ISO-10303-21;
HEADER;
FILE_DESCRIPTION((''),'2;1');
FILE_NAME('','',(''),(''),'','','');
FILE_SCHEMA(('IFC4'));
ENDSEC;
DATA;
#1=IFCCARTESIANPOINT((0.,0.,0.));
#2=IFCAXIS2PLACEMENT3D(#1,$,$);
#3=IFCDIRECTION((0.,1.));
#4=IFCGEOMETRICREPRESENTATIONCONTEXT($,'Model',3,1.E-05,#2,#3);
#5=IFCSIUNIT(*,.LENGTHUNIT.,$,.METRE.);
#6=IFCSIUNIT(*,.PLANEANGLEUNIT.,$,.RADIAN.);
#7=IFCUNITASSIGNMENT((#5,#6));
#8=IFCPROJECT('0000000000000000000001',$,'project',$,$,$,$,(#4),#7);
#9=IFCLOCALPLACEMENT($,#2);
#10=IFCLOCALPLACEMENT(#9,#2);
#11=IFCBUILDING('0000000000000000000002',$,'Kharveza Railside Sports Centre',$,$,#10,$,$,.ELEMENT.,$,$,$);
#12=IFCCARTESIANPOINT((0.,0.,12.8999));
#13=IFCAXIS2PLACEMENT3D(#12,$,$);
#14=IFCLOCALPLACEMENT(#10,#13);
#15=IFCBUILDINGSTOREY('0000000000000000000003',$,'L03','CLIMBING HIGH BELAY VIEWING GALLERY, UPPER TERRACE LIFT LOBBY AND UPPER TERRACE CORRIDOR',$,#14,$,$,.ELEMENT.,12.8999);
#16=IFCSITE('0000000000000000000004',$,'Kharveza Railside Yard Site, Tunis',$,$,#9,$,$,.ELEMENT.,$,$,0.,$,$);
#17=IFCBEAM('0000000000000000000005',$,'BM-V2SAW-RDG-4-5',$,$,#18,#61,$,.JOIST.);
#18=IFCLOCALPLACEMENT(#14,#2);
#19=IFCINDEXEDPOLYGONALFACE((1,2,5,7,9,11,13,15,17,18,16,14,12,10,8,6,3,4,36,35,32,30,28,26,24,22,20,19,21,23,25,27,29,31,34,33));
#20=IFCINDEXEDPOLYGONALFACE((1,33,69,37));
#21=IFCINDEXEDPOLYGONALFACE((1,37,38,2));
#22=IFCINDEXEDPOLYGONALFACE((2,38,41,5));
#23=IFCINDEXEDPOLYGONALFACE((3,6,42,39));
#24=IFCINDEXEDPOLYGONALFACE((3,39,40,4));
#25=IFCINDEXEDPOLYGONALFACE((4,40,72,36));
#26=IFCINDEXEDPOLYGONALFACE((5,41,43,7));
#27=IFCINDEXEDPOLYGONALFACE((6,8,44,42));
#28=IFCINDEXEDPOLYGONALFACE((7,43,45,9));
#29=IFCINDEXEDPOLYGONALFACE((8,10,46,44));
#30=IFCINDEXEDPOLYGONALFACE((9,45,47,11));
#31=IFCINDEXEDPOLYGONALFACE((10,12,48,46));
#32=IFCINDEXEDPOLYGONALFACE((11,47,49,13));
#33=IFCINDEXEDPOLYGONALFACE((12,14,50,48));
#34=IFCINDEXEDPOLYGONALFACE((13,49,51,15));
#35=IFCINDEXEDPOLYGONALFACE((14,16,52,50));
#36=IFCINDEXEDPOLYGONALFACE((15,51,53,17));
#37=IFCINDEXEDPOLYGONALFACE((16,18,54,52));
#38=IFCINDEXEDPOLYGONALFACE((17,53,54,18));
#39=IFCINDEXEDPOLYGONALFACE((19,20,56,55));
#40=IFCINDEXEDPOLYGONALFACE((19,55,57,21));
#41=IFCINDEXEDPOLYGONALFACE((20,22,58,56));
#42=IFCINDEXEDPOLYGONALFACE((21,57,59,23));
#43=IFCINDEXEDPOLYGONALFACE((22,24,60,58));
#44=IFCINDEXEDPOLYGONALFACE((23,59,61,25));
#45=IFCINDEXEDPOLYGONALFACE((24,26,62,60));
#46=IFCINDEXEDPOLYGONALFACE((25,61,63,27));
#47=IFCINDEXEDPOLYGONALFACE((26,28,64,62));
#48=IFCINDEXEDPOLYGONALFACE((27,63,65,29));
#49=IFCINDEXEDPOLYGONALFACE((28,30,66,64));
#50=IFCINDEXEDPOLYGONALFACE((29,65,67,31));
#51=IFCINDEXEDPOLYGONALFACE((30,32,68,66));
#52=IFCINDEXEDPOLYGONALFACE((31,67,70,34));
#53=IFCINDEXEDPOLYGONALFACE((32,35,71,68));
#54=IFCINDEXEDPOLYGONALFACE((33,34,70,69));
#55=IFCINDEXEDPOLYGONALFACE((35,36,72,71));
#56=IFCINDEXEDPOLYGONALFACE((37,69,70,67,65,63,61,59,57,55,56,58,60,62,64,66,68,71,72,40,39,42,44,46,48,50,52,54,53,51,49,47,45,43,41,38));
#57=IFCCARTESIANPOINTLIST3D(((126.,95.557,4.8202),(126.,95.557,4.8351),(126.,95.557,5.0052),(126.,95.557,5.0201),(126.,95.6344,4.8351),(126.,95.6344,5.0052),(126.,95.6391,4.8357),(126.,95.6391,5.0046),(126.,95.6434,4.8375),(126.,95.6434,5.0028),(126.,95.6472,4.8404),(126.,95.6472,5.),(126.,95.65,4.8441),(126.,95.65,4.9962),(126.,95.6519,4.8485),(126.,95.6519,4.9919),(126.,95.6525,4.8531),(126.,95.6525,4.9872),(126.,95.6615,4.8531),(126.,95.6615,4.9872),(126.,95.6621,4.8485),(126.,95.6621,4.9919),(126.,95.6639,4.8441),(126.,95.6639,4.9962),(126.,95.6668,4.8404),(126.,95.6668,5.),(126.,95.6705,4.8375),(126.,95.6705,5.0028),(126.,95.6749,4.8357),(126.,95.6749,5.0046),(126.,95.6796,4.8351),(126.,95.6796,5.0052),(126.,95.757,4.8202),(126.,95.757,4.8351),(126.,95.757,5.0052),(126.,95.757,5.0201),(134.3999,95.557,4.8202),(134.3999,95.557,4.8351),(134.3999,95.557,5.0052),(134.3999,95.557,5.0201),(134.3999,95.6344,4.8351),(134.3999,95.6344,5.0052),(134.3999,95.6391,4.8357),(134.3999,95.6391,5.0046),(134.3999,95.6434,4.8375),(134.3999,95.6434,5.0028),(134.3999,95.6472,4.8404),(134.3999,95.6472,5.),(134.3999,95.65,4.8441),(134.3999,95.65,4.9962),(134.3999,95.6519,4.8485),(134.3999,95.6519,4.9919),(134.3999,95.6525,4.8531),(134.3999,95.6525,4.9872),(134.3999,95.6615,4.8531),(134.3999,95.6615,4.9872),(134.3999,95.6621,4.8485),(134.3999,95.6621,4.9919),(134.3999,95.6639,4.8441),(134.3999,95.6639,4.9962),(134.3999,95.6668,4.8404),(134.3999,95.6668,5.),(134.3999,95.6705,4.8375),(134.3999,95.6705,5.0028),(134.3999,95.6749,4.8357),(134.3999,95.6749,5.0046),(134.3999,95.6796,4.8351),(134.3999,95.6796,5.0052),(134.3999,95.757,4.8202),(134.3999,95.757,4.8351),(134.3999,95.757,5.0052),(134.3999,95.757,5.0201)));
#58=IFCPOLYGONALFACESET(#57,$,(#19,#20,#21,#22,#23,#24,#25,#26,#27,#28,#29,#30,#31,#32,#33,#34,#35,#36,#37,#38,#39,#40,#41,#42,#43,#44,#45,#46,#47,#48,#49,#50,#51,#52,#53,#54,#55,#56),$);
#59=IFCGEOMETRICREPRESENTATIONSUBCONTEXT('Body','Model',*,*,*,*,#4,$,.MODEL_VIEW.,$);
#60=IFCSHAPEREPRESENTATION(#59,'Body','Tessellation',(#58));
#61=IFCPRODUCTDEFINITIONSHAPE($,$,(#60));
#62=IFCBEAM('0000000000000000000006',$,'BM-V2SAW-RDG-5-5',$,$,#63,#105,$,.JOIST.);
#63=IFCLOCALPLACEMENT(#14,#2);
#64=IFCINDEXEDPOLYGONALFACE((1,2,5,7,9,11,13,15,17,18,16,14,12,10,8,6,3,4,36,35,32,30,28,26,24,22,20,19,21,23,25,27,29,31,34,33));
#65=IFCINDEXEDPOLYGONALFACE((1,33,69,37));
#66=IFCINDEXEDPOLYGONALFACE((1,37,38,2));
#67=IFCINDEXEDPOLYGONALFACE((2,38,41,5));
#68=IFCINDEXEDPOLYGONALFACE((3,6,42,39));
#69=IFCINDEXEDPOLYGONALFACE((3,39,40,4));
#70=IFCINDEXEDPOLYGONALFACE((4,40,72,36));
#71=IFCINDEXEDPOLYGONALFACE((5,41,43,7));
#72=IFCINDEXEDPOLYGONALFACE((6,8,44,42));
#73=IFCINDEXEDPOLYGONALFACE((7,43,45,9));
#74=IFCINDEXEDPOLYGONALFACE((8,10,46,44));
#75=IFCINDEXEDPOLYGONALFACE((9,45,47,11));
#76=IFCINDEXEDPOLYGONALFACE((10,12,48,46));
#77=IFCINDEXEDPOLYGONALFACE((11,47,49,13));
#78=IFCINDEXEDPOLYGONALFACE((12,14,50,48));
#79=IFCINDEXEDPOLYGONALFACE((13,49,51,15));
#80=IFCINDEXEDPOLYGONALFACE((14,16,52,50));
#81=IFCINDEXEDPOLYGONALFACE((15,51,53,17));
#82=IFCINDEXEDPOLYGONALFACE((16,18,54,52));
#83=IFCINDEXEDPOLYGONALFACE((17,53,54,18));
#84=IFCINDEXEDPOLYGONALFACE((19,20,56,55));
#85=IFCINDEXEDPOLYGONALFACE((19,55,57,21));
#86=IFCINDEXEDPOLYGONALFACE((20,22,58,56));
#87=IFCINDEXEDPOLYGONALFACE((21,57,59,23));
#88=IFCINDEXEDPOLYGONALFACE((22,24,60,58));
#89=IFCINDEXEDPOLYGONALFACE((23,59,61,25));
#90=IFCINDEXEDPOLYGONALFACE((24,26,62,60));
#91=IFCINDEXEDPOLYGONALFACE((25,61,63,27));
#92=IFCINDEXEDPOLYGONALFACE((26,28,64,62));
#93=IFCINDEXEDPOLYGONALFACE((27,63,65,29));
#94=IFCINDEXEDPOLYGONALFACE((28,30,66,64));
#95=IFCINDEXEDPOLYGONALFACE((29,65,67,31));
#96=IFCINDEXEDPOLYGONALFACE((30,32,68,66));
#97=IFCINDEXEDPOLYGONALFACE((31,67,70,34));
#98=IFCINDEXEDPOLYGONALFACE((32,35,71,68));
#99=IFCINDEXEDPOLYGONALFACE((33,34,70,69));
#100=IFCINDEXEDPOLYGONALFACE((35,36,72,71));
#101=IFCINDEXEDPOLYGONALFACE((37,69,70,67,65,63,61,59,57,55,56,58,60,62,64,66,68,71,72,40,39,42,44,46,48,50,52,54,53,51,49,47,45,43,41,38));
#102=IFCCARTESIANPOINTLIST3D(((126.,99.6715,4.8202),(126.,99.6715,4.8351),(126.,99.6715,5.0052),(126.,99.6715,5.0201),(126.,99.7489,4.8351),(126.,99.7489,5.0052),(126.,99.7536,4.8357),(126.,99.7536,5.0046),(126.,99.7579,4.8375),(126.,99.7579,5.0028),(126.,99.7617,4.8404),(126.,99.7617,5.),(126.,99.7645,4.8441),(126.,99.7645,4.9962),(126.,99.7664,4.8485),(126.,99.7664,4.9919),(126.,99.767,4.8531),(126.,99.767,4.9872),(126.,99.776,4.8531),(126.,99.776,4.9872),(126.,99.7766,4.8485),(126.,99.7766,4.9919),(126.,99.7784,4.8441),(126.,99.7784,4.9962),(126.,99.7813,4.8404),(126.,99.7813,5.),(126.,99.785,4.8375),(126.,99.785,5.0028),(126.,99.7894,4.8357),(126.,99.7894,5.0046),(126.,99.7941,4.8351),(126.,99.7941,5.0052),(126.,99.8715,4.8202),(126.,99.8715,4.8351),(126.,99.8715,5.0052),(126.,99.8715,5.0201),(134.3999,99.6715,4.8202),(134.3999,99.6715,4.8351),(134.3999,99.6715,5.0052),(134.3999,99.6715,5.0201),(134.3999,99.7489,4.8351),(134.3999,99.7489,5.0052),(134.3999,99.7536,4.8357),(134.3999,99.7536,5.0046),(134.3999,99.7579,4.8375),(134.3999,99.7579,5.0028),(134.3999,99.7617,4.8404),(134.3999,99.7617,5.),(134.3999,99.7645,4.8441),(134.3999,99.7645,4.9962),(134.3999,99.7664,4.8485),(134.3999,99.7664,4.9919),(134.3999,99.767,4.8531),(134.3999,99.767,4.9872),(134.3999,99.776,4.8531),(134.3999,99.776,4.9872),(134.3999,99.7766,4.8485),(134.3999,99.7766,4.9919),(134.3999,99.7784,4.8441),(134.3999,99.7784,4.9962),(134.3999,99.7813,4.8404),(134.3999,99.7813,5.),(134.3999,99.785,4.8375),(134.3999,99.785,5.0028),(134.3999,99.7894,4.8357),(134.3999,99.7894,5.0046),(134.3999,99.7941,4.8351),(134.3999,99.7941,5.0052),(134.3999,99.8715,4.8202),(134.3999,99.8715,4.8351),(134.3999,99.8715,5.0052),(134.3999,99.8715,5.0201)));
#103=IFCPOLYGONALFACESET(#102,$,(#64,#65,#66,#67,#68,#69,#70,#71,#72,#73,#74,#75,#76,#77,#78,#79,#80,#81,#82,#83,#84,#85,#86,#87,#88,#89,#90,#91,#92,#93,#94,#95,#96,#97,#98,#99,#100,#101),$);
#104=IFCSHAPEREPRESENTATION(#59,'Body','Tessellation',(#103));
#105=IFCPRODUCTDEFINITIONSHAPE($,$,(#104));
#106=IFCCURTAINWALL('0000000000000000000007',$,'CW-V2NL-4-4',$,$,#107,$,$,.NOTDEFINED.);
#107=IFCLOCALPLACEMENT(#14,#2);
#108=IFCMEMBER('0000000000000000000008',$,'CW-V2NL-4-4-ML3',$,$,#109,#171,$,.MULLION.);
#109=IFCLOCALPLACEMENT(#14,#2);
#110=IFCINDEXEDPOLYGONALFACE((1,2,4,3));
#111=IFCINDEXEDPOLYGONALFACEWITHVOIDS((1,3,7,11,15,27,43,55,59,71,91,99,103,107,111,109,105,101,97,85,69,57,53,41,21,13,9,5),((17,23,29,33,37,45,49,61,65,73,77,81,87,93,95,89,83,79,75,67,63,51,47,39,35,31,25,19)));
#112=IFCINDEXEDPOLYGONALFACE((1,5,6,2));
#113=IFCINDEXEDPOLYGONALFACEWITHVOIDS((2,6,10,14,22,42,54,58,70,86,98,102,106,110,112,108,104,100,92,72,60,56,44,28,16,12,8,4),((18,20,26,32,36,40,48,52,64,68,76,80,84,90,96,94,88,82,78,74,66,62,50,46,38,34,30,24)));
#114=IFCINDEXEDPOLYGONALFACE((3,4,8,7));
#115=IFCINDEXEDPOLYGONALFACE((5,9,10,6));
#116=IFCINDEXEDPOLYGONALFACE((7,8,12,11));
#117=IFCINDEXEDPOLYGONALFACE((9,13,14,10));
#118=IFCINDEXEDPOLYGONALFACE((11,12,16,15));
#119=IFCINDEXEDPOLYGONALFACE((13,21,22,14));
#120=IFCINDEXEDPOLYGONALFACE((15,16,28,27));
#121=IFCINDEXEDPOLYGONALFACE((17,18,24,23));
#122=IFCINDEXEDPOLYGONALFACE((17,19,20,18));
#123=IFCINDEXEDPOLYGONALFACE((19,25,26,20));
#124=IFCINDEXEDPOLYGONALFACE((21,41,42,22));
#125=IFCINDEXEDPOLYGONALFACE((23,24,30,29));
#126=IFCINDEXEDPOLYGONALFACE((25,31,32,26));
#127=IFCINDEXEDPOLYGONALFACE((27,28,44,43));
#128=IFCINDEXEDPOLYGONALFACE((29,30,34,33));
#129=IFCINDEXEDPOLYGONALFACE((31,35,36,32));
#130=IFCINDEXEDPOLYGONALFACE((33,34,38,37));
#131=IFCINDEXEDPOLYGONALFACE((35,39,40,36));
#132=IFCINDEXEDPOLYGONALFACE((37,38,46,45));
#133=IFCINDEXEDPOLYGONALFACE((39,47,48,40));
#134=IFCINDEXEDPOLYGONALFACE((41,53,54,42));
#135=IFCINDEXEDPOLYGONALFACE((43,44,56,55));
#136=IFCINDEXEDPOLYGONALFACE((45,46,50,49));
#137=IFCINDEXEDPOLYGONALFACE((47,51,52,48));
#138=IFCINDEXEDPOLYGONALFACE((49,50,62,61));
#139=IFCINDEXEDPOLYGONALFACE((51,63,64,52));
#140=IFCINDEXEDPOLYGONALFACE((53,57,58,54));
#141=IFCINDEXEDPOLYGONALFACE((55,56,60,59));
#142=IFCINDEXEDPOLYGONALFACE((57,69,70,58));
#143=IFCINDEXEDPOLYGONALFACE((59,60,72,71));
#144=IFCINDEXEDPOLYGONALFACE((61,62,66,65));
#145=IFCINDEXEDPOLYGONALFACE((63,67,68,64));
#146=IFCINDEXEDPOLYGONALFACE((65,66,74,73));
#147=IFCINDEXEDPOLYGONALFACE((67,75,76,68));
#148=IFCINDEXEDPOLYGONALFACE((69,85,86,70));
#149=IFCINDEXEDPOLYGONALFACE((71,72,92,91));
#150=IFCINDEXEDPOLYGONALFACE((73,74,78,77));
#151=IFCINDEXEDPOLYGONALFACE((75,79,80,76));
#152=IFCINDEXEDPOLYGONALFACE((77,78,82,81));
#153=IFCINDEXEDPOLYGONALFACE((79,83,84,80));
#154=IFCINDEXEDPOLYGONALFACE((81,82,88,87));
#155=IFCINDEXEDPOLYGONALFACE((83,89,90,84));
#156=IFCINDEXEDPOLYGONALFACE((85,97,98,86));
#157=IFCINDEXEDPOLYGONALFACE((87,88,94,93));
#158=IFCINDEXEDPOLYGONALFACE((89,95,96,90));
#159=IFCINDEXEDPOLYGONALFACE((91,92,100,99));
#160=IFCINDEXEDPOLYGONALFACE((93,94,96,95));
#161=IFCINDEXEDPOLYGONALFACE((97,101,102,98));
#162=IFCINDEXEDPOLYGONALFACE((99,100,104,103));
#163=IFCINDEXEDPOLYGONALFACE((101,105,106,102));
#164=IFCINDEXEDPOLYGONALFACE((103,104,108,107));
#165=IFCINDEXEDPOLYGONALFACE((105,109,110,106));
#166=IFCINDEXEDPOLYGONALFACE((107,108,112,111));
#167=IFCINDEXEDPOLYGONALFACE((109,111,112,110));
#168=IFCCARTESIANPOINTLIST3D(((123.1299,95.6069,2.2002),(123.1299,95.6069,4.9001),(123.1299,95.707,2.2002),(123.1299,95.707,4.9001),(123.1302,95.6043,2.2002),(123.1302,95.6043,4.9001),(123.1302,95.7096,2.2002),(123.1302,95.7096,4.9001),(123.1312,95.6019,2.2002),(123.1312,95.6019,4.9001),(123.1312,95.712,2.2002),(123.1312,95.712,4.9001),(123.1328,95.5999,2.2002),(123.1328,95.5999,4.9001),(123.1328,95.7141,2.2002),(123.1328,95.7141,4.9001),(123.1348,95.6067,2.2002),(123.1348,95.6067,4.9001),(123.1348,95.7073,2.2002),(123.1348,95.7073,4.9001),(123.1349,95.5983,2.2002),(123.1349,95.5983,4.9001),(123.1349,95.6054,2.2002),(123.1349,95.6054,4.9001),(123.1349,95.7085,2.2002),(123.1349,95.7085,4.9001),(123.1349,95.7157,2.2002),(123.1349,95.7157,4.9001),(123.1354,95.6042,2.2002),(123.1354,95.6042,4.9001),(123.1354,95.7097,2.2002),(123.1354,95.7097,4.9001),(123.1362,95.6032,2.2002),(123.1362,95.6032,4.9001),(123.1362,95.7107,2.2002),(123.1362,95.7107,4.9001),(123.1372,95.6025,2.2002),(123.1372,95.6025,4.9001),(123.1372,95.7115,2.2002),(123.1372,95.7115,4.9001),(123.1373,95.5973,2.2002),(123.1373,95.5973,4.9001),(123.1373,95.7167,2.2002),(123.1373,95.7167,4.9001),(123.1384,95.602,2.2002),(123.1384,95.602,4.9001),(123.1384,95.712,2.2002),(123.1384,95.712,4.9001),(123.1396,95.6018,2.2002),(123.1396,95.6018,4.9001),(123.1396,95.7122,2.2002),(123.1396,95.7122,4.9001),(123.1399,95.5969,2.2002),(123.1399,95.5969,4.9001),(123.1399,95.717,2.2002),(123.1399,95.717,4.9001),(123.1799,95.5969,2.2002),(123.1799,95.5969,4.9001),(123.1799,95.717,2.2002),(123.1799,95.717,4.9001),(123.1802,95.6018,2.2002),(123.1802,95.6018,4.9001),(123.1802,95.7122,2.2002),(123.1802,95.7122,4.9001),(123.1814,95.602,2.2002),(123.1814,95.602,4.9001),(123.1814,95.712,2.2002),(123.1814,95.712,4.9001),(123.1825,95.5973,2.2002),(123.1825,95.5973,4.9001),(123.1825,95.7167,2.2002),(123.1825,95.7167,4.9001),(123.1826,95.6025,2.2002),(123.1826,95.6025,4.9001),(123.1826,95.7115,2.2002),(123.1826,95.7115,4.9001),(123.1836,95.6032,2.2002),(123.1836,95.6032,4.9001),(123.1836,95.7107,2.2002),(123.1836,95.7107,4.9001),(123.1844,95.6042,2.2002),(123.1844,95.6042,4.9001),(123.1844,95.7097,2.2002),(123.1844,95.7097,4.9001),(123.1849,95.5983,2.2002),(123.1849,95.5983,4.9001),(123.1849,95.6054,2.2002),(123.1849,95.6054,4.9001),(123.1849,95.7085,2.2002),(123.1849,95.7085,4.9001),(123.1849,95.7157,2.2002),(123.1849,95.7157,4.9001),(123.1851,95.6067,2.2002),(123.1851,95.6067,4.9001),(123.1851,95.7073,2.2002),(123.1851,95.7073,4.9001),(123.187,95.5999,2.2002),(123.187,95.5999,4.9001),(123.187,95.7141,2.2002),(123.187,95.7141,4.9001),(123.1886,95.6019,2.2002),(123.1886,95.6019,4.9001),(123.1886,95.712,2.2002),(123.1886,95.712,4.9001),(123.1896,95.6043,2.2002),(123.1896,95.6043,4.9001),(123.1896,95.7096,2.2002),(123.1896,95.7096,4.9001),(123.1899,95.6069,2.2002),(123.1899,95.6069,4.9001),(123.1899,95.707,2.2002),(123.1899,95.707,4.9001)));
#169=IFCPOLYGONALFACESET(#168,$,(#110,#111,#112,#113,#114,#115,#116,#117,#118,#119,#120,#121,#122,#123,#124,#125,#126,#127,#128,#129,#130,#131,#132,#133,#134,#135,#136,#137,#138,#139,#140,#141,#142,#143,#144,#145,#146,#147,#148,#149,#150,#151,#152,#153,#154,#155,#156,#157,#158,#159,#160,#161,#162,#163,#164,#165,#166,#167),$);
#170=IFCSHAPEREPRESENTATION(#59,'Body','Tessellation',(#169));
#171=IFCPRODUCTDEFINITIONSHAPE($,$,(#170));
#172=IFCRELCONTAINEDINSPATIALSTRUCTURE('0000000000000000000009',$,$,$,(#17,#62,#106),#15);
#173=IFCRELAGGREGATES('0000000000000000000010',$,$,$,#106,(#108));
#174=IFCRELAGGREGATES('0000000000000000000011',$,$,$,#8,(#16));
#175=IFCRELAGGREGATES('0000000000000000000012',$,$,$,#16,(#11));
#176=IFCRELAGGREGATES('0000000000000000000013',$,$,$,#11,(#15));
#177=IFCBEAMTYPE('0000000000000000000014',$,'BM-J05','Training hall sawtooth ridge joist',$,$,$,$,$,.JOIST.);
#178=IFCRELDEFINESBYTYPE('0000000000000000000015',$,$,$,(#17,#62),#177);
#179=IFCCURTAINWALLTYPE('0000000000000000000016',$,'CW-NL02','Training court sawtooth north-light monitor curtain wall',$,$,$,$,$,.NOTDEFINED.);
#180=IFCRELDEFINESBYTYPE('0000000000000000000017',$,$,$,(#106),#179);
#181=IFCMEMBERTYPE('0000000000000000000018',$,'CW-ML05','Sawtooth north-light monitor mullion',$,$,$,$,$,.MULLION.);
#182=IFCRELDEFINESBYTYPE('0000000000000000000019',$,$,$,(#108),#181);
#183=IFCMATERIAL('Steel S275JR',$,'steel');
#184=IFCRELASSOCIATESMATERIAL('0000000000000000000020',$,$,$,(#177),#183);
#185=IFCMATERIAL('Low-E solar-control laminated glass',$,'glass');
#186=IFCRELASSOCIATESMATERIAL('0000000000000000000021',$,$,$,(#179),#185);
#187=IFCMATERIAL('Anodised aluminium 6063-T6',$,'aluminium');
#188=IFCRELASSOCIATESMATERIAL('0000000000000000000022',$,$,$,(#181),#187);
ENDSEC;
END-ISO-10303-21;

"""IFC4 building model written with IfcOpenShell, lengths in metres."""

from ifc_helpers import new_model, si_unit, direction, frame, origin, origin_2d, place, context, subcontext, project, spatial, hollow_rectangle, i_section, extrude, material, material_profile, profile_set, type_object, element, aggregate, save


model = new_model("IFC4")

# Units and contexts
model_context = context("Model", 3, precision=1e-05, world=origin(), true_north=direction((0.0, 1.0)))
body_context = subcontext(model_context, "Body", "Model", "MODEL_VIEW")
ifc_project = project(units=[si_unit("LENGTHUNIT", "METRE"), si_unit("PLANEANGLEUNIT", "RADIAN")], contexts=[model_context])

# Site, building, storey
site_placement = place(None, origin())
site = spatial("IfcSite", under=ifc_project, at=site_placement, Name="Kharveza Railside Yard Site, Tunis", CompositionType="ELEMENT", RefElevation=0.0)
building_placement = place(site_placement, origin())
building = spatial("IfcBuilding", under=site, at=building_placement, Name="Kharveza Railside Sports Centre", CompositionType="ELEMENT")
storey_placement = place(building_placement, frame((0.0, 0.0, 12.8999)))
storey = spatial("IfcBuildingStorey", under=building, at=storey_placement, Name="L03", Description="CLIMBING HIGH BELAY VIEWING GALLERY, UPPER TERRACE LIFT LOBBY AND UPPER TERRACE CORRIDOR", CompositionType="ELEMENT", Elevation=12.8999)

# Beams
ifc_material_1 = material(Name="Steel S275JR", Category="steel")
ifc_material_profile_1 = material_profile(ifc_material_1, i_section(OverallWidth=0.2, OverallDepth=0.2, WebThickness=0.009, FlangeThickness=0.0149, FilletRadius=0.0181, at=origin_2d()), Name="HEB 200")
ifc_profile_set_1 = profile_set([ifc_material_profile_1], Name="Steel S275JR")
beam_type_1 = type_object("IfcBeamType", Name="BM-J05", Description="Training hall sawtooth ridge joist", PredefinedType="JOIST", material=ifc_profile_set_1)
for number, where, z_axis, x_axis, name in (
    (1, (126.0, 95.657, 4.9202), (1.0, 0.0, 0.0), (0.0, 1.0, 0.0), "BM-V2SAW-RDG-4-5"),
    (2, (126.0, 99.7715, 4.9202), (1.0, 0.0, 0.0), (0.0, 1.0, 0.0), "BM-V2SAW-RDG-5-5"),
):
    element("IfcBeam", number, at=place(storey_placement, frame(where, z_axis=z_axis, x_axis=x_axis)), inside=storey, type_object=beam_type_1, Name=name, PredefinedType="JOIST", context=body_context, shape_type="SweptSolid", body=[
        extrude(i_section(OverallWidth=0.2, OverallDepth=0.2, WebThickness=0.009, FlangeThickness=0.0149, FilletRadius=0.0181, at=origin_2d()), origin(), (0.0, 0.0, 1.0), 8.3999),
    ])

# Curtain wall, member
ifc_material_2 = material(Name="Low-E solar-control laminated glass", Category="glass")
curtain_wall_type = type_object("IfcCurtainWallType", Name="CW-NL02", Description="Training court sawtooth north-light monitor curtain wall", PredefinedType="NOTDEFINED", material=ifc_material_2)
curtain_wall_1_placement = place(storey_placement, origin())
curtain_wall_1 = element("IfcCurtainWall", 3, at=curtain_wall_1_placement, inside=storey, type_object=curtain_wall_type, Name="CW-V2NL-4-4", PredefinedType="NOTDEFINED")
ifc_material_3 = material(Name="Anodised aluminium 6063-T6", Category="aluminium")
ifc_material_profile_2 = material_profile(ifc_material_3, hollow_rectangle(XDim=0.0601, YDim=0.1201, WallThickness=0.0049, InnerFilletRadius=0.0049, OuterFilletRadius=0.01, at=origin_2d()), Name="RHS 60x120x5.0")
ifc_profile_set_2 = profile_set([ifc_material_profile_2], Name="Anodised aluminium 6063-T6")
member_type_1 = type_object("IfcMemberType", Name="CW-ML05", Description="Sawtooth north-light monitor mullion", PredefinedType="MULLION", material=ifc_profile_set_2)
member_1_placement = place(storey_placement, frame((123.1599, 95.657, 2.2002), z_axis=(0.0, 0.0, 1.0), x_axis=(1.0, 0.0, 0.0)))
member_1 = element("IfcMember", 4, at=member_1_placement, type_object=member_type_1, Name="CW-V2NL-4-4-ML3", PredefinedType="MULLION", context=body_context, shape_type="SweptSolid", body=[
    extrude(hollow_rectangle(XDim=0.0601, YDim=0.1201, WallThickness=0.0049, InnerFilletRadius=0.0049, OuterFilletRadius=0.01, at=origin_2d()), origin(), (0.0, 0.0, 1.0), 2.7),
])

aggregate(curtain_wall_1, [member_1])

save(model, "model.ifc")
